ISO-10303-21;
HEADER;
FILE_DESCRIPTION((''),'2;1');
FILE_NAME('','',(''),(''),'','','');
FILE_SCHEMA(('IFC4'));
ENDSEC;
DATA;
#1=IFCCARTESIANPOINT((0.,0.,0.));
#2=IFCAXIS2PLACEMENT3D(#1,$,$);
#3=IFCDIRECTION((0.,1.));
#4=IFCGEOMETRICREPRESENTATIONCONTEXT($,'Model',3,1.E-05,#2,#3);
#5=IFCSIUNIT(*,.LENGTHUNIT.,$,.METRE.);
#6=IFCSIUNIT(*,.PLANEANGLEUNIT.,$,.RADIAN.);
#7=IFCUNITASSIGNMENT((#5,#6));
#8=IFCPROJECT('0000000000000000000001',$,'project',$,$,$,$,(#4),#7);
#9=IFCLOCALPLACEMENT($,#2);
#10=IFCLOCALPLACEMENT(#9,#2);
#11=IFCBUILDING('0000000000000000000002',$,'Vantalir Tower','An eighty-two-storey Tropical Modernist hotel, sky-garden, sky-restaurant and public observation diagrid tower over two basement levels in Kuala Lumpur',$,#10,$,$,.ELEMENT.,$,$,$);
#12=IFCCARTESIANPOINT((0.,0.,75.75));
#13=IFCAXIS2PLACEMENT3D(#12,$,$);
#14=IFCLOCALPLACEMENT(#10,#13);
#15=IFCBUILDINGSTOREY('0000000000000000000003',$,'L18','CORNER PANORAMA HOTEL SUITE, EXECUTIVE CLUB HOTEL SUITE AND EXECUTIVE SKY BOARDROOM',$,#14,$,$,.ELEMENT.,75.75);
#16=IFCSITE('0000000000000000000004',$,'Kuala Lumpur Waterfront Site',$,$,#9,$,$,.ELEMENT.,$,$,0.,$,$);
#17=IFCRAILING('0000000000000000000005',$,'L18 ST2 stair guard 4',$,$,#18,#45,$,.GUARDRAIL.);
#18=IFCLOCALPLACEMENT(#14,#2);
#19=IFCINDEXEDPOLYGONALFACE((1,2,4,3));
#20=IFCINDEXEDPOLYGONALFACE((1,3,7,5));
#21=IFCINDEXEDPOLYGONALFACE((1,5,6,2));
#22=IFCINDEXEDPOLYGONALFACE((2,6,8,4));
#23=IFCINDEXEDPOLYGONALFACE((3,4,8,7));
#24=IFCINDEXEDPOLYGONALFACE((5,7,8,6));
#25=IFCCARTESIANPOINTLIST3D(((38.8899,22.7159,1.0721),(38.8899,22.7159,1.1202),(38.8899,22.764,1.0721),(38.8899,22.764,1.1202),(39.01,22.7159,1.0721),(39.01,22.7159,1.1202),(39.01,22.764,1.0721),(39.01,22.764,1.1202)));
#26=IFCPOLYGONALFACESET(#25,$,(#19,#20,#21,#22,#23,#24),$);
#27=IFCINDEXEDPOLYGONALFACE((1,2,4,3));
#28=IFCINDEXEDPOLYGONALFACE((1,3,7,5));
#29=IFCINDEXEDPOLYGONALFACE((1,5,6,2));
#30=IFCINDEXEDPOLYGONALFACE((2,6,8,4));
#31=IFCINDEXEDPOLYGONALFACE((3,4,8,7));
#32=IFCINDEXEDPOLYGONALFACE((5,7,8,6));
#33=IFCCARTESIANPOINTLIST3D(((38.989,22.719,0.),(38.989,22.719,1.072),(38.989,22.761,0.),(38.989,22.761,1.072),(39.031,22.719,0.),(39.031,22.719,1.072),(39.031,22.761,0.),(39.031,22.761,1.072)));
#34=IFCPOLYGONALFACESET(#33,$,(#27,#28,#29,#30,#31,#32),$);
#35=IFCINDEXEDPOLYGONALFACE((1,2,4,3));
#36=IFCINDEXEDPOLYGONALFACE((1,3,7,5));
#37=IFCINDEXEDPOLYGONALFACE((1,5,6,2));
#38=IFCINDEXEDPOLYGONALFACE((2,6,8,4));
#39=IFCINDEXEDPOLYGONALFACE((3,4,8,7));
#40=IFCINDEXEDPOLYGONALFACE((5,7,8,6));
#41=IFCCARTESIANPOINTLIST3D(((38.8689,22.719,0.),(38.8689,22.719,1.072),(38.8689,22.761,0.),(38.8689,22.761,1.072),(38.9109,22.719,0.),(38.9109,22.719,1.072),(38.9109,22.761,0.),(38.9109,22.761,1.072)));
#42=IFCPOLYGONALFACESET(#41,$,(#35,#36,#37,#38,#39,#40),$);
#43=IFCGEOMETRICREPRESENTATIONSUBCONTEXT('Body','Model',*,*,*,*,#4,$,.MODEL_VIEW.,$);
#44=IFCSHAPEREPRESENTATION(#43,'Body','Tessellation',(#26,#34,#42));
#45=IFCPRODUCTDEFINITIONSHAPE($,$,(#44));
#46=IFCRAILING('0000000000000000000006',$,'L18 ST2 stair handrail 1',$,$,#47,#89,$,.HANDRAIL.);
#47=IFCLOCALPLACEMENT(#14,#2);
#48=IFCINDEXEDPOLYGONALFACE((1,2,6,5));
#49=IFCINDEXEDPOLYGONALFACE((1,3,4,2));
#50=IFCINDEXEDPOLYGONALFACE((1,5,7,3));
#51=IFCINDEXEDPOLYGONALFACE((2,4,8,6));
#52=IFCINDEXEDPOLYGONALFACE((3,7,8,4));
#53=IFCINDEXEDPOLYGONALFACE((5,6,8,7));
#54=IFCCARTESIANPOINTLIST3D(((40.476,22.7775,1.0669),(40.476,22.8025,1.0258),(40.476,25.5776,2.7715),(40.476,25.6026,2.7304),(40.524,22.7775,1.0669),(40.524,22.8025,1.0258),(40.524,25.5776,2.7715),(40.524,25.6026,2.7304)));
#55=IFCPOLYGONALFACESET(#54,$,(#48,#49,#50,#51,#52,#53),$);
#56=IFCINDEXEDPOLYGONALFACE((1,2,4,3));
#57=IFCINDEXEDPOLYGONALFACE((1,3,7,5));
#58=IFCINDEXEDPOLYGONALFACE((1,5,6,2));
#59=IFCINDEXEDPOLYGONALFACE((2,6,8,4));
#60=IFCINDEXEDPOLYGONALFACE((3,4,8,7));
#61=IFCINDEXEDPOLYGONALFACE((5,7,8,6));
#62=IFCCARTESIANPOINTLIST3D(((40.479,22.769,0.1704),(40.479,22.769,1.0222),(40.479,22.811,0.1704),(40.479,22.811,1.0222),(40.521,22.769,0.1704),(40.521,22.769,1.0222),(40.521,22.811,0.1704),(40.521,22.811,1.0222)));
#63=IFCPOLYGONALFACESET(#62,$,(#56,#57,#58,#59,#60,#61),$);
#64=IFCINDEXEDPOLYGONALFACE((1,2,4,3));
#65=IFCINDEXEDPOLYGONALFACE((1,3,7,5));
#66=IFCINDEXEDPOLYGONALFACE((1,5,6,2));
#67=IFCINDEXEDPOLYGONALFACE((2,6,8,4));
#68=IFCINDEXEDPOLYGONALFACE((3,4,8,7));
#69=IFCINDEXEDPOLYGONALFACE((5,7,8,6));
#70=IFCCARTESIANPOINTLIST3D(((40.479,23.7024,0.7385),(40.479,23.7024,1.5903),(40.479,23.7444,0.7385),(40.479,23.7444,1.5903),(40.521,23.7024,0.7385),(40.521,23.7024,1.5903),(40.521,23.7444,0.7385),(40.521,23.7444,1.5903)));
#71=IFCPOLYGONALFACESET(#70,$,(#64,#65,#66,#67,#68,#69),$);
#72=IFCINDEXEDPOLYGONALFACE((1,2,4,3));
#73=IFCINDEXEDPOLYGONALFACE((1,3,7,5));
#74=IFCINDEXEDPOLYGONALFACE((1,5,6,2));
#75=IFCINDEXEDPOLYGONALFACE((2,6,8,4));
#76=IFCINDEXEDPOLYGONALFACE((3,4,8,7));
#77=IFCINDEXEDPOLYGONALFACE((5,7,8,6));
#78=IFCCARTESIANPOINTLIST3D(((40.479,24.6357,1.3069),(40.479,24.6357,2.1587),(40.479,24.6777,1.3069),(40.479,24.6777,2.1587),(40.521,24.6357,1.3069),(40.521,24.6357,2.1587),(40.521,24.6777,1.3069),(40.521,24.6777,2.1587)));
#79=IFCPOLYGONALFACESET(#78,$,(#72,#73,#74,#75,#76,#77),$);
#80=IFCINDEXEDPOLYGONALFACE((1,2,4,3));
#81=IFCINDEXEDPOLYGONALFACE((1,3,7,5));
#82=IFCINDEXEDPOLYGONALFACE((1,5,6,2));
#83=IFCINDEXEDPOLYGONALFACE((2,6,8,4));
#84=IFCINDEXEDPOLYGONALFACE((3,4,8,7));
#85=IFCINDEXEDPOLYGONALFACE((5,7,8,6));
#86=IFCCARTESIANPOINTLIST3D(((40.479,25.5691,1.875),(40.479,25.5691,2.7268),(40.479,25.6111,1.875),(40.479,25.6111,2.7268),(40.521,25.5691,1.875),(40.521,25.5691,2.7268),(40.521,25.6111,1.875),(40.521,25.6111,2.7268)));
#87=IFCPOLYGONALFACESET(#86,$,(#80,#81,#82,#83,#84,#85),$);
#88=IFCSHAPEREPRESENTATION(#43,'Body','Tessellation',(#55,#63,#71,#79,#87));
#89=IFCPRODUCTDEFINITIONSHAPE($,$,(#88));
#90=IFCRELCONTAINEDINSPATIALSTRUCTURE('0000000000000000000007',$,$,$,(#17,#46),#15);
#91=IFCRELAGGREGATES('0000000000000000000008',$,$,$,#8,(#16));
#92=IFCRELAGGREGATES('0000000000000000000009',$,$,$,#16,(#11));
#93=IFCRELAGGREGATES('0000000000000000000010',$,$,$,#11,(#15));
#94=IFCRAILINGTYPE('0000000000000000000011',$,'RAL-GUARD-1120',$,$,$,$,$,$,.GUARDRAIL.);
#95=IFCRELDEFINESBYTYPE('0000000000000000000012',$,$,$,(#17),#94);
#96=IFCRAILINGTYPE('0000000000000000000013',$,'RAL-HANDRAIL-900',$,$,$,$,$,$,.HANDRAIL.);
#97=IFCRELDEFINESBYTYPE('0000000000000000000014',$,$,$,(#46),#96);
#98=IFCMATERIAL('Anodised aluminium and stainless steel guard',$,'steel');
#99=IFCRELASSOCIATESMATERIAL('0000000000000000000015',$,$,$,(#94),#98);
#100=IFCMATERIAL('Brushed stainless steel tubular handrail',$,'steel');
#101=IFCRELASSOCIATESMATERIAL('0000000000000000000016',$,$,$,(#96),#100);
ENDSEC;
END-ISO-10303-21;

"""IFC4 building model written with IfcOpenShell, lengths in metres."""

from ifc_helpers import new_model, si_unit, direction, frame, origin, origin_2d, place, context, subcontext, project, spatial, rectangle, extrude, material, type_object, element, save


model = new_model("IFC4")

# Units and contexts
model_context = context("Model", 3, precision=1e-05, world=origin(), true_north=direction((0.0, 1.0)))
body_context = subcontext(model_context, "Body", "Model", "MODEL_VIEW")
ifc_project = project(units=[si_unit("LENGTHUNIT", "METRE"), si_unit("PLANEANGLEUNIT", "RADIAN")], contexts=[model_context])

# Site, building, storey
site_placement = place(None, origin())
site = spatial("IfcSite", under=ifc_project, at=site_placement, Name="Kuala Lumpur Waterfront Site", CompositionType="ELEMENT", RefElevation=0.0)
building_placement = place(site_placement, origin())
building = spatial("IfcBuilding", under=site, at=building_placement, Name="Vantalir Tower", Description="An eighty-two-storey Tropical Modernist hotel, sky-garden, sky-restaurant and public observation diagrid tower over two basement levels in Kuala Lumpur", CompositionType="ELEMENT")
storey_placement = place(building_placement, frame((0.0, 0.0, 75.75)))
storey = spatial("IfcBuildingStorey", under=building, at=storey_placement, Name="L18", Description="CORNER PANORAMA HOTEL SUITE, EXECUTIVE CLUB HOTEL SUITE AND EXECUTIVE SKY BOARDROOM", CompositionType="ELEMENT", Elevation=75.75)

# Railings
ifc_material_1 = material(Name="Anodised aluminium and stainless steel guard", Category="steel")
railing_type_1 = type_object("IfcRailingType", Name="RAL-GUARD-1120", PredefinedType="GUARDRAIL", material=ifc_material_1)
railing_1_placement = place(storey_placement, frame((39.01, 22.74, 0.0)))
element("IfcRailing", 1, at=railing_1_placement, inside=storey, type_object=railing_type_1, Name="L18 ST2 stair guard 4", PredefinedType="GUARDRAIL", context=body_context, shape_type="SweptSolid", body=[
    extrude(rectangle(XDim=0.0481, YDim=0.0481, at=origin_2d()), frame((0.0, 0.0, 1.0962), z_axis=(-1.0, 0.0, 0.0), x_axis=(0.0, -1.0, 0.0)), (0.0, 0.0, 1.0), 0.1201),
    extrude(rectangle(XDim=0.042, YDim=0.042, at=origin_2d()), origin(), (0.0, 0.0, 1.0), 1.072),
    extrude(rectangle(XDim=0.042, YDim=0.042, at=origin_2d()), frame((-0.1201, 0.0, 0.0)), (0.0, 0.0, 1.0), 1.072),
])
ifc_material_2 = material(Name="Brushed stainless steel tubular handrail", Category="steel")
railing_type_2 = type_object("IfcRailingType", Name="RAL-HANDRAIL-900", PredefinedType="HANDRAIL", material=ifc_material_2)
railing_2_placement = place(storey_placement, frame((40.5, 22.79, 0.1704)))
element("IfcRailing", 2, at=railing_2_placement, inside=storey, type_object=railing_type_2, Name="L18 ST2 stair handrail 1", PredefinedType="HANDRAIL", context=body_context, shape_type="SweptSolid", body=[
    extrude(rectangle(XDim=0.0481, YDim=0.0481, at=origin_2d()), frame((0.0, 0.0, 0.876), z_axis=(0.0, 0.85417, 0.519994), x_axis=(-1.0, 0.0, 0.0)), (0.0, 0.0, 1.0), 3.2781),
    extrude(rectangle(XDim=0.042, YDim=0.042, at=origin_2d()), origin(), (0.0, 0.0, 1.0), 0.8518),
    extrude(rectangle(XDim=0.042, YDim=0.042, at=origin_2d()), frame((0.0, 0.9333, 0.5681)), (0.0, 0.0, 1.0), 0.8518),
    extrude(rectangle(XDim=0.042, YDim=0.042, at=origin_2d()), frame((0.0, 1.8667, 1.1365)), (0.0, 0.0, 1.0), 0.8518),
    extrude(rectangle(XDim=0.042, YDim=0.042, at=origin_2d()), frame((0.0, 2.8, 1.7046)), (0.0, 0.0, 1.0), 0.8518),
])

save(model, "model.ifc")
